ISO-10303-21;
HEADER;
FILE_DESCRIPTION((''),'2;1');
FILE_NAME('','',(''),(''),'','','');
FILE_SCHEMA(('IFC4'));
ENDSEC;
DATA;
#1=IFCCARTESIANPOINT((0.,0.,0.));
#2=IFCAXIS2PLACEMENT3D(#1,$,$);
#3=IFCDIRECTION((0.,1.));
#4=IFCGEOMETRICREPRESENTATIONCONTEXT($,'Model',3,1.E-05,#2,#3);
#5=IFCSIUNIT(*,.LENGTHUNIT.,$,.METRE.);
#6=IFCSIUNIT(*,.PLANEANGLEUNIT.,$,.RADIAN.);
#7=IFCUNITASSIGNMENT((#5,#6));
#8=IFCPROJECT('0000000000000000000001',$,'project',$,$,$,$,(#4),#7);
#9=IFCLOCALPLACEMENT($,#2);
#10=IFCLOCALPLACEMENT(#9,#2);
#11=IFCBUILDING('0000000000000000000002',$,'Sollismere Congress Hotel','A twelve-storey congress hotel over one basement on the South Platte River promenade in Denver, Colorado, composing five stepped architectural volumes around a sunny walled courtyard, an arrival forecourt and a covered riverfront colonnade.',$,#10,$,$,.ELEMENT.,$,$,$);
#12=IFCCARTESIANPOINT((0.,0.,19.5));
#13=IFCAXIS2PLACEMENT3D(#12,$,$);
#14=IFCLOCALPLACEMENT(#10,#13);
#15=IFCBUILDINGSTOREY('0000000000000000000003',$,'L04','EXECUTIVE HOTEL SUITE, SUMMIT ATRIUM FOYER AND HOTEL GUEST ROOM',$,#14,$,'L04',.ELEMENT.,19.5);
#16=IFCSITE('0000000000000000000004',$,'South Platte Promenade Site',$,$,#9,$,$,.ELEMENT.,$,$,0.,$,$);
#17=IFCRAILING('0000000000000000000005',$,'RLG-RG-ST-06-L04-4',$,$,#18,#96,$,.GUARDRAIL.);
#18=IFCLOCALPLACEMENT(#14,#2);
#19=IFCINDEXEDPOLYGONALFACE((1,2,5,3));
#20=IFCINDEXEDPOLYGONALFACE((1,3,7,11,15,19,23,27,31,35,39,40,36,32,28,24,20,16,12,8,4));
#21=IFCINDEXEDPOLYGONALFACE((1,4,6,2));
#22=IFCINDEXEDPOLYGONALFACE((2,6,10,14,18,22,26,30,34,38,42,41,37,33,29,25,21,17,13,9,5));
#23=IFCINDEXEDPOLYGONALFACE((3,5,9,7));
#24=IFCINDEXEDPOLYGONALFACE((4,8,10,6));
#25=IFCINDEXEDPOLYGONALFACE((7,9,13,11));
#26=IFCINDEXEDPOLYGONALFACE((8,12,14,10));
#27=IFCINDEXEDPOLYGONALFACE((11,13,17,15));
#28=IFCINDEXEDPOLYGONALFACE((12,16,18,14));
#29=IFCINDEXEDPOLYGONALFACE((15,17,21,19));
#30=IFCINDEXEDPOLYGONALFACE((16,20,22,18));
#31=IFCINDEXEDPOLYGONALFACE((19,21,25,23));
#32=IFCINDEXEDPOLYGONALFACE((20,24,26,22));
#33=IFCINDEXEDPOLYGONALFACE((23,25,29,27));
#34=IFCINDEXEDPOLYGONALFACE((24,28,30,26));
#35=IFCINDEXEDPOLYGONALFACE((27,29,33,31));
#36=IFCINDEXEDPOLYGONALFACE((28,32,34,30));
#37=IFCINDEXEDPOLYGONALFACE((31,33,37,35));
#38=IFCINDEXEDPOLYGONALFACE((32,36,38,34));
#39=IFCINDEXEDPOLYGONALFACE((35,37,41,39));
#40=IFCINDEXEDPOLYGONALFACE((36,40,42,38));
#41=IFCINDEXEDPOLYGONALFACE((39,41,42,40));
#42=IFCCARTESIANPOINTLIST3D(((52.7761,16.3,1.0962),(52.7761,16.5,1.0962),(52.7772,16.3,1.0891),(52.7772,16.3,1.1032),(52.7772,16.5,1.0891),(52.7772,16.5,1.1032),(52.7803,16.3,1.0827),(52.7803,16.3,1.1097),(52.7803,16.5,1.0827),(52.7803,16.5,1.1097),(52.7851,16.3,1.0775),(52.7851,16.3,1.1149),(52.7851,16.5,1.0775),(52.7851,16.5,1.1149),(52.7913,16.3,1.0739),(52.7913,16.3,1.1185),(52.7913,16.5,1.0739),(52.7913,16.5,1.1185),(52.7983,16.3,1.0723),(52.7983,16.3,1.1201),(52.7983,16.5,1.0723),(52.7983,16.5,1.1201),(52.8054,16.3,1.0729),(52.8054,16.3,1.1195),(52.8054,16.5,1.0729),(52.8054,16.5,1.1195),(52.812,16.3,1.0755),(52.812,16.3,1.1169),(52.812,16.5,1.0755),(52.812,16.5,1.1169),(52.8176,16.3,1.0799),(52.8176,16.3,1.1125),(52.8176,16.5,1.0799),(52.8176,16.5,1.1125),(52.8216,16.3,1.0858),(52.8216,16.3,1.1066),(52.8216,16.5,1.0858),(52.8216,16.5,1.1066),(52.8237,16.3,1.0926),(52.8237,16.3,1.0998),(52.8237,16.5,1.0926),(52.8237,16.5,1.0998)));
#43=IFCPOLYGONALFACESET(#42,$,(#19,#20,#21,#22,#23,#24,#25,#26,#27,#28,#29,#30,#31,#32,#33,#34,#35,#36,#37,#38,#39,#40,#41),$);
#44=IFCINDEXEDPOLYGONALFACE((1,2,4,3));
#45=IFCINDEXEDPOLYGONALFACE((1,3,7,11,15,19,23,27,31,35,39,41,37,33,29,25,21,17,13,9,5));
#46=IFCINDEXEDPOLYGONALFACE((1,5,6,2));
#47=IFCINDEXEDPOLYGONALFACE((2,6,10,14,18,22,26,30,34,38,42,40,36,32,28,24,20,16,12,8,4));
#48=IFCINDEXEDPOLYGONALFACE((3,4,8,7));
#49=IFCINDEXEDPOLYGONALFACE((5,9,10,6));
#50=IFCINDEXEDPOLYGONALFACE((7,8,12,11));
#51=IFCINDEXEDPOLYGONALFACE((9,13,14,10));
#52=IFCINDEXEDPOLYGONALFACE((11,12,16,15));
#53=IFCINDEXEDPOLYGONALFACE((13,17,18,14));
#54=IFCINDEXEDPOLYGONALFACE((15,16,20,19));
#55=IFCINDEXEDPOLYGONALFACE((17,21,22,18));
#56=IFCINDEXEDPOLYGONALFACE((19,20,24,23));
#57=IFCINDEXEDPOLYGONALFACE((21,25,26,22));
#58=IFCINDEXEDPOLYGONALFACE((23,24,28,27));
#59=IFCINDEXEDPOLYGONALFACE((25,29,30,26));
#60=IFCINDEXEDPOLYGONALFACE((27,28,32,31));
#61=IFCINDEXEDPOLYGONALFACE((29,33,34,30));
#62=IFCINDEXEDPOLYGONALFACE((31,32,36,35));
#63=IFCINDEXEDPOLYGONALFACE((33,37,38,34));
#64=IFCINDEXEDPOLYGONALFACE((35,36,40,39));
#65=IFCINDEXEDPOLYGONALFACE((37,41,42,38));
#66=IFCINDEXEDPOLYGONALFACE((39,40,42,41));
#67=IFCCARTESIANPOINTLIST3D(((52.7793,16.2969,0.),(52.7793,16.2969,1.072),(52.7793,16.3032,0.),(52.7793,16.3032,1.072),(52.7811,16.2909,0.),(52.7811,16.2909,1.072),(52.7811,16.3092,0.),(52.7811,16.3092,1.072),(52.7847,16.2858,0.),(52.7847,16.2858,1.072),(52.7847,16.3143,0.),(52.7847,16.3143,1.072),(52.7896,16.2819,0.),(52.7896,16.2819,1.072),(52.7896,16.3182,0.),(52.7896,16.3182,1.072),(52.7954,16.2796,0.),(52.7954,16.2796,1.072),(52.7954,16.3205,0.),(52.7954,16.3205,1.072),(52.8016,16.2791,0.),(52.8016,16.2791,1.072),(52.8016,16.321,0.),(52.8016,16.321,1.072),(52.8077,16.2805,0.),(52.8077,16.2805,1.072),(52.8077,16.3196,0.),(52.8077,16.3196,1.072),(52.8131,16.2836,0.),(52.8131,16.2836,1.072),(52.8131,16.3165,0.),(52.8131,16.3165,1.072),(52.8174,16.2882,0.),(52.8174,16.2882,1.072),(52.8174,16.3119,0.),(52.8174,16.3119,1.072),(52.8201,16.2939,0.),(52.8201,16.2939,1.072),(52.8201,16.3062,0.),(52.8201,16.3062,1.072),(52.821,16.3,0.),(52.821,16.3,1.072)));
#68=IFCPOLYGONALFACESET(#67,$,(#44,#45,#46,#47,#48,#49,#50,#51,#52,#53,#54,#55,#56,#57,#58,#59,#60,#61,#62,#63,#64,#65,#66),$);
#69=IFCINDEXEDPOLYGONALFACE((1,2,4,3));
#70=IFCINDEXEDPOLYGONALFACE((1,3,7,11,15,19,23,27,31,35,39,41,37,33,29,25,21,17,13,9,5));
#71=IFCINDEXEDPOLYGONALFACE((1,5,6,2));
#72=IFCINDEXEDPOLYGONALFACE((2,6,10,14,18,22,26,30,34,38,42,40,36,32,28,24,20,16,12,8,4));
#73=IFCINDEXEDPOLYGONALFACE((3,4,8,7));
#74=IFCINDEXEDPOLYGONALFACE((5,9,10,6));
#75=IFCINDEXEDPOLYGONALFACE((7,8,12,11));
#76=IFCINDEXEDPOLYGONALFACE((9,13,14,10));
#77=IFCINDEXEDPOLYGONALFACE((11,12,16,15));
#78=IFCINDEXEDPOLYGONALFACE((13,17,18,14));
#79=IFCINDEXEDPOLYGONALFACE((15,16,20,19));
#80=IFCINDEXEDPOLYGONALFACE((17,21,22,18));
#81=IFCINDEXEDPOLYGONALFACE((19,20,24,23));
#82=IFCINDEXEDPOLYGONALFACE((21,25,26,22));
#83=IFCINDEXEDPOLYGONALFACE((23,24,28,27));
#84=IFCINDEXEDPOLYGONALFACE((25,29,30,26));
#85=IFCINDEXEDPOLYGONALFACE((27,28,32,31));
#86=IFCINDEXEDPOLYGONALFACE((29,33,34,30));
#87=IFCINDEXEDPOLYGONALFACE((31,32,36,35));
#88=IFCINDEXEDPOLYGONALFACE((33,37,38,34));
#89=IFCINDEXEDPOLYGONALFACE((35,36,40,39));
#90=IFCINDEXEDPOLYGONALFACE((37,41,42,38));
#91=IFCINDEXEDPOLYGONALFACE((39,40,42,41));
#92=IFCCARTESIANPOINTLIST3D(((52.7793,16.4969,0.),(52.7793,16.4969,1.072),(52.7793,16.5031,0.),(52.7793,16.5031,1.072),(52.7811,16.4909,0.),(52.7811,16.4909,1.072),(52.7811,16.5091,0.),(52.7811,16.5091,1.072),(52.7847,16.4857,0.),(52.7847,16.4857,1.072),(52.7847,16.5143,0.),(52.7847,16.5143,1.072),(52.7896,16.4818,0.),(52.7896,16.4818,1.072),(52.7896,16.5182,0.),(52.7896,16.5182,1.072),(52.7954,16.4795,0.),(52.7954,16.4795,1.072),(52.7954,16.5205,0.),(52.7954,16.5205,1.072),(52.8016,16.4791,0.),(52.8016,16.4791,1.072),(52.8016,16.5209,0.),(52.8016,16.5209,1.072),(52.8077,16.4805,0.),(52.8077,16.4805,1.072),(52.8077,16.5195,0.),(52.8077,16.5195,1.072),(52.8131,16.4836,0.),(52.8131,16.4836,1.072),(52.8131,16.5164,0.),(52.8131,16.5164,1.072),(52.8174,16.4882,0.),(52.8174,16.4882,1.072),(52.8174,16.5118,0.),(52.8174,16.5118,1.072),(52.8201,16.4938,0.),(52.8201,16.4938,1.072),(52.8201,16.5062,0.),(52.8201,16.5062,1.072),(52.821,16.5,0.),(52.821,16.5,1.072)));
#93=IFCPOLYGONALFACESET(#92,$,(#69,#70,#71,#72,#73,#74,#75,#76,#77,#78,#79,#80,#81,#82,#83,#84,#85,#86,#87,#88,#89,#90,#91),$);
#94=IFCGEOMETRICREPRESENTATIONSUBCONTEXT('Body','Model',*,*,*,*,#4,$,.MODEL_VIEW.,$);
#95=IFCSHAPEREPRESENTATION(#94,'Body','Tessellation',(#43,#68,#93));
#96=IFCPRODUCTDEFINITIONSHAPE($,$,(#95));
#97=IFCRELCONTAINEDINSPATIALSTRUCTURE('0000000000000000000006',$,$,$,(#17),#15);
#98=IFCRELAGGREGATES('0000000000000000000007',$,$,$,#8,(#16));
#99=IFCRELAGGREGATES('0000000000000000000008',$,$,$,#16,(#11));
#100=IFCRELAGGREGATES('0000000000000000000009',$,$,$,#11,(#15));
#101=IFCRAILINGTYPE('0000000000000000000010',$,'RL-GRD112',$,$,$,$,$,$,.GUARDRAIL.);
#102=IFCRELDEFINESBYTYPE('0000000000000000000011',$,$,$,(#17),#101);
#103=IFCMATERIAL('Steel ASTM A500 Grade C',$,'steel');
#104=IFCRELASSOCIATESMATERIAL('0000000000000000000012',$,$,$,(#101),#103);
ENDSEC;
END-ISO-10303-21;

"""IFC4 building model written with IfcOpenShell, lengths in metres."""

from ifc_helpers import new_model, si_unit, direction, frame, origin, origin_2d, place, context, subcontext, project, spatial, circle, extrude, material, type_object, element, save


model = new_model("IFC4")

# Units and contexts
model_context = context("Model", 3, precision=1e-05, world=origin(), true_north=direction((0.0, 1.0)))
body_context = subcontext(model_context, "Body", "Model", "MODEL_VIEW")
ifc_project = project(units=[si_unit("LENGTHUNIT", "METRE"), si_unit("PLANEANGLEUNIT", "RADIAN")], contexts=[model_context])

# Site, building, storey
site_placement = place(None, origin())
site = spatial("IfcSite", under=ifc_project, at=site_placement, Name="South Platte Promenade Site", CompositionType="ELEMENT", RefElevation=0.0)
building_placement = place(site_placement, origin())
building = spatial("IfcBuilding", under=site, at=building_placement, Name="Sollismere Congress Hotel", Description="A twelve-storey congress hotel over one basement on the South Platte River promenade in Denver, Colorado, composing five stepped architectural volumes around a sunny walled courtyard, an arrival forecourt and a covered riverfront colonnade.", CompositionType="ELEMENT")
storey_placement = place(building_placement, frame((0.0, 0.0, 19.5)))
storey = spatial("IfcBuildingStorey", under=building, at=storey_placement, Name="L04", Description="EXECUTIVE HOTEL SUITE, SUMMIT ATRIUM FOYER AND HOTEL GUEST ROOM", LongName="L04", CompositionType="ELEMENT", Elevation=19.5)

# Railing
ifc_material_1 = material(Name="Steel ASTM A500 Grade C", Category="steel")
railing_type = type_object("IfcRailingType", Name="RL-GRD112", PredefinedType="GUARDRAIL", material=ifc_material_1)
railing_placement = place(storey_placement, frame((52.8, 16.3, 0.0)))
element("IfcRailing", 1, at=railing_placement, inside=storey, type_object=railing_type, Name="RLG-RG-ST-06-L04-4", PredefinedType="GUARDRAIL", context=body_context, shape_type="SweptSolid", body=[
    extrude(circle(Radius=0.0239, at=origin_2d()), frame((0.0, 0.0, 1.0962), z_axis=(0.0, 1.0, 0.0), x_axis=(-1.0, 0.0, 0.0)), (0.0, 0.0, 1.0), 0.2),
    extrude(circle(Radius=0.021, at=origin_2d()), origin(), (0.0, 0.0, 1.0), 1.072),
    extrude(circle(Radius=0.021, at=origin_2d()), frame((0.0, 0.2, 0.0)), (0.0, 0.0, 1.0), 1.072),
])

save(model, "model.ifc")
